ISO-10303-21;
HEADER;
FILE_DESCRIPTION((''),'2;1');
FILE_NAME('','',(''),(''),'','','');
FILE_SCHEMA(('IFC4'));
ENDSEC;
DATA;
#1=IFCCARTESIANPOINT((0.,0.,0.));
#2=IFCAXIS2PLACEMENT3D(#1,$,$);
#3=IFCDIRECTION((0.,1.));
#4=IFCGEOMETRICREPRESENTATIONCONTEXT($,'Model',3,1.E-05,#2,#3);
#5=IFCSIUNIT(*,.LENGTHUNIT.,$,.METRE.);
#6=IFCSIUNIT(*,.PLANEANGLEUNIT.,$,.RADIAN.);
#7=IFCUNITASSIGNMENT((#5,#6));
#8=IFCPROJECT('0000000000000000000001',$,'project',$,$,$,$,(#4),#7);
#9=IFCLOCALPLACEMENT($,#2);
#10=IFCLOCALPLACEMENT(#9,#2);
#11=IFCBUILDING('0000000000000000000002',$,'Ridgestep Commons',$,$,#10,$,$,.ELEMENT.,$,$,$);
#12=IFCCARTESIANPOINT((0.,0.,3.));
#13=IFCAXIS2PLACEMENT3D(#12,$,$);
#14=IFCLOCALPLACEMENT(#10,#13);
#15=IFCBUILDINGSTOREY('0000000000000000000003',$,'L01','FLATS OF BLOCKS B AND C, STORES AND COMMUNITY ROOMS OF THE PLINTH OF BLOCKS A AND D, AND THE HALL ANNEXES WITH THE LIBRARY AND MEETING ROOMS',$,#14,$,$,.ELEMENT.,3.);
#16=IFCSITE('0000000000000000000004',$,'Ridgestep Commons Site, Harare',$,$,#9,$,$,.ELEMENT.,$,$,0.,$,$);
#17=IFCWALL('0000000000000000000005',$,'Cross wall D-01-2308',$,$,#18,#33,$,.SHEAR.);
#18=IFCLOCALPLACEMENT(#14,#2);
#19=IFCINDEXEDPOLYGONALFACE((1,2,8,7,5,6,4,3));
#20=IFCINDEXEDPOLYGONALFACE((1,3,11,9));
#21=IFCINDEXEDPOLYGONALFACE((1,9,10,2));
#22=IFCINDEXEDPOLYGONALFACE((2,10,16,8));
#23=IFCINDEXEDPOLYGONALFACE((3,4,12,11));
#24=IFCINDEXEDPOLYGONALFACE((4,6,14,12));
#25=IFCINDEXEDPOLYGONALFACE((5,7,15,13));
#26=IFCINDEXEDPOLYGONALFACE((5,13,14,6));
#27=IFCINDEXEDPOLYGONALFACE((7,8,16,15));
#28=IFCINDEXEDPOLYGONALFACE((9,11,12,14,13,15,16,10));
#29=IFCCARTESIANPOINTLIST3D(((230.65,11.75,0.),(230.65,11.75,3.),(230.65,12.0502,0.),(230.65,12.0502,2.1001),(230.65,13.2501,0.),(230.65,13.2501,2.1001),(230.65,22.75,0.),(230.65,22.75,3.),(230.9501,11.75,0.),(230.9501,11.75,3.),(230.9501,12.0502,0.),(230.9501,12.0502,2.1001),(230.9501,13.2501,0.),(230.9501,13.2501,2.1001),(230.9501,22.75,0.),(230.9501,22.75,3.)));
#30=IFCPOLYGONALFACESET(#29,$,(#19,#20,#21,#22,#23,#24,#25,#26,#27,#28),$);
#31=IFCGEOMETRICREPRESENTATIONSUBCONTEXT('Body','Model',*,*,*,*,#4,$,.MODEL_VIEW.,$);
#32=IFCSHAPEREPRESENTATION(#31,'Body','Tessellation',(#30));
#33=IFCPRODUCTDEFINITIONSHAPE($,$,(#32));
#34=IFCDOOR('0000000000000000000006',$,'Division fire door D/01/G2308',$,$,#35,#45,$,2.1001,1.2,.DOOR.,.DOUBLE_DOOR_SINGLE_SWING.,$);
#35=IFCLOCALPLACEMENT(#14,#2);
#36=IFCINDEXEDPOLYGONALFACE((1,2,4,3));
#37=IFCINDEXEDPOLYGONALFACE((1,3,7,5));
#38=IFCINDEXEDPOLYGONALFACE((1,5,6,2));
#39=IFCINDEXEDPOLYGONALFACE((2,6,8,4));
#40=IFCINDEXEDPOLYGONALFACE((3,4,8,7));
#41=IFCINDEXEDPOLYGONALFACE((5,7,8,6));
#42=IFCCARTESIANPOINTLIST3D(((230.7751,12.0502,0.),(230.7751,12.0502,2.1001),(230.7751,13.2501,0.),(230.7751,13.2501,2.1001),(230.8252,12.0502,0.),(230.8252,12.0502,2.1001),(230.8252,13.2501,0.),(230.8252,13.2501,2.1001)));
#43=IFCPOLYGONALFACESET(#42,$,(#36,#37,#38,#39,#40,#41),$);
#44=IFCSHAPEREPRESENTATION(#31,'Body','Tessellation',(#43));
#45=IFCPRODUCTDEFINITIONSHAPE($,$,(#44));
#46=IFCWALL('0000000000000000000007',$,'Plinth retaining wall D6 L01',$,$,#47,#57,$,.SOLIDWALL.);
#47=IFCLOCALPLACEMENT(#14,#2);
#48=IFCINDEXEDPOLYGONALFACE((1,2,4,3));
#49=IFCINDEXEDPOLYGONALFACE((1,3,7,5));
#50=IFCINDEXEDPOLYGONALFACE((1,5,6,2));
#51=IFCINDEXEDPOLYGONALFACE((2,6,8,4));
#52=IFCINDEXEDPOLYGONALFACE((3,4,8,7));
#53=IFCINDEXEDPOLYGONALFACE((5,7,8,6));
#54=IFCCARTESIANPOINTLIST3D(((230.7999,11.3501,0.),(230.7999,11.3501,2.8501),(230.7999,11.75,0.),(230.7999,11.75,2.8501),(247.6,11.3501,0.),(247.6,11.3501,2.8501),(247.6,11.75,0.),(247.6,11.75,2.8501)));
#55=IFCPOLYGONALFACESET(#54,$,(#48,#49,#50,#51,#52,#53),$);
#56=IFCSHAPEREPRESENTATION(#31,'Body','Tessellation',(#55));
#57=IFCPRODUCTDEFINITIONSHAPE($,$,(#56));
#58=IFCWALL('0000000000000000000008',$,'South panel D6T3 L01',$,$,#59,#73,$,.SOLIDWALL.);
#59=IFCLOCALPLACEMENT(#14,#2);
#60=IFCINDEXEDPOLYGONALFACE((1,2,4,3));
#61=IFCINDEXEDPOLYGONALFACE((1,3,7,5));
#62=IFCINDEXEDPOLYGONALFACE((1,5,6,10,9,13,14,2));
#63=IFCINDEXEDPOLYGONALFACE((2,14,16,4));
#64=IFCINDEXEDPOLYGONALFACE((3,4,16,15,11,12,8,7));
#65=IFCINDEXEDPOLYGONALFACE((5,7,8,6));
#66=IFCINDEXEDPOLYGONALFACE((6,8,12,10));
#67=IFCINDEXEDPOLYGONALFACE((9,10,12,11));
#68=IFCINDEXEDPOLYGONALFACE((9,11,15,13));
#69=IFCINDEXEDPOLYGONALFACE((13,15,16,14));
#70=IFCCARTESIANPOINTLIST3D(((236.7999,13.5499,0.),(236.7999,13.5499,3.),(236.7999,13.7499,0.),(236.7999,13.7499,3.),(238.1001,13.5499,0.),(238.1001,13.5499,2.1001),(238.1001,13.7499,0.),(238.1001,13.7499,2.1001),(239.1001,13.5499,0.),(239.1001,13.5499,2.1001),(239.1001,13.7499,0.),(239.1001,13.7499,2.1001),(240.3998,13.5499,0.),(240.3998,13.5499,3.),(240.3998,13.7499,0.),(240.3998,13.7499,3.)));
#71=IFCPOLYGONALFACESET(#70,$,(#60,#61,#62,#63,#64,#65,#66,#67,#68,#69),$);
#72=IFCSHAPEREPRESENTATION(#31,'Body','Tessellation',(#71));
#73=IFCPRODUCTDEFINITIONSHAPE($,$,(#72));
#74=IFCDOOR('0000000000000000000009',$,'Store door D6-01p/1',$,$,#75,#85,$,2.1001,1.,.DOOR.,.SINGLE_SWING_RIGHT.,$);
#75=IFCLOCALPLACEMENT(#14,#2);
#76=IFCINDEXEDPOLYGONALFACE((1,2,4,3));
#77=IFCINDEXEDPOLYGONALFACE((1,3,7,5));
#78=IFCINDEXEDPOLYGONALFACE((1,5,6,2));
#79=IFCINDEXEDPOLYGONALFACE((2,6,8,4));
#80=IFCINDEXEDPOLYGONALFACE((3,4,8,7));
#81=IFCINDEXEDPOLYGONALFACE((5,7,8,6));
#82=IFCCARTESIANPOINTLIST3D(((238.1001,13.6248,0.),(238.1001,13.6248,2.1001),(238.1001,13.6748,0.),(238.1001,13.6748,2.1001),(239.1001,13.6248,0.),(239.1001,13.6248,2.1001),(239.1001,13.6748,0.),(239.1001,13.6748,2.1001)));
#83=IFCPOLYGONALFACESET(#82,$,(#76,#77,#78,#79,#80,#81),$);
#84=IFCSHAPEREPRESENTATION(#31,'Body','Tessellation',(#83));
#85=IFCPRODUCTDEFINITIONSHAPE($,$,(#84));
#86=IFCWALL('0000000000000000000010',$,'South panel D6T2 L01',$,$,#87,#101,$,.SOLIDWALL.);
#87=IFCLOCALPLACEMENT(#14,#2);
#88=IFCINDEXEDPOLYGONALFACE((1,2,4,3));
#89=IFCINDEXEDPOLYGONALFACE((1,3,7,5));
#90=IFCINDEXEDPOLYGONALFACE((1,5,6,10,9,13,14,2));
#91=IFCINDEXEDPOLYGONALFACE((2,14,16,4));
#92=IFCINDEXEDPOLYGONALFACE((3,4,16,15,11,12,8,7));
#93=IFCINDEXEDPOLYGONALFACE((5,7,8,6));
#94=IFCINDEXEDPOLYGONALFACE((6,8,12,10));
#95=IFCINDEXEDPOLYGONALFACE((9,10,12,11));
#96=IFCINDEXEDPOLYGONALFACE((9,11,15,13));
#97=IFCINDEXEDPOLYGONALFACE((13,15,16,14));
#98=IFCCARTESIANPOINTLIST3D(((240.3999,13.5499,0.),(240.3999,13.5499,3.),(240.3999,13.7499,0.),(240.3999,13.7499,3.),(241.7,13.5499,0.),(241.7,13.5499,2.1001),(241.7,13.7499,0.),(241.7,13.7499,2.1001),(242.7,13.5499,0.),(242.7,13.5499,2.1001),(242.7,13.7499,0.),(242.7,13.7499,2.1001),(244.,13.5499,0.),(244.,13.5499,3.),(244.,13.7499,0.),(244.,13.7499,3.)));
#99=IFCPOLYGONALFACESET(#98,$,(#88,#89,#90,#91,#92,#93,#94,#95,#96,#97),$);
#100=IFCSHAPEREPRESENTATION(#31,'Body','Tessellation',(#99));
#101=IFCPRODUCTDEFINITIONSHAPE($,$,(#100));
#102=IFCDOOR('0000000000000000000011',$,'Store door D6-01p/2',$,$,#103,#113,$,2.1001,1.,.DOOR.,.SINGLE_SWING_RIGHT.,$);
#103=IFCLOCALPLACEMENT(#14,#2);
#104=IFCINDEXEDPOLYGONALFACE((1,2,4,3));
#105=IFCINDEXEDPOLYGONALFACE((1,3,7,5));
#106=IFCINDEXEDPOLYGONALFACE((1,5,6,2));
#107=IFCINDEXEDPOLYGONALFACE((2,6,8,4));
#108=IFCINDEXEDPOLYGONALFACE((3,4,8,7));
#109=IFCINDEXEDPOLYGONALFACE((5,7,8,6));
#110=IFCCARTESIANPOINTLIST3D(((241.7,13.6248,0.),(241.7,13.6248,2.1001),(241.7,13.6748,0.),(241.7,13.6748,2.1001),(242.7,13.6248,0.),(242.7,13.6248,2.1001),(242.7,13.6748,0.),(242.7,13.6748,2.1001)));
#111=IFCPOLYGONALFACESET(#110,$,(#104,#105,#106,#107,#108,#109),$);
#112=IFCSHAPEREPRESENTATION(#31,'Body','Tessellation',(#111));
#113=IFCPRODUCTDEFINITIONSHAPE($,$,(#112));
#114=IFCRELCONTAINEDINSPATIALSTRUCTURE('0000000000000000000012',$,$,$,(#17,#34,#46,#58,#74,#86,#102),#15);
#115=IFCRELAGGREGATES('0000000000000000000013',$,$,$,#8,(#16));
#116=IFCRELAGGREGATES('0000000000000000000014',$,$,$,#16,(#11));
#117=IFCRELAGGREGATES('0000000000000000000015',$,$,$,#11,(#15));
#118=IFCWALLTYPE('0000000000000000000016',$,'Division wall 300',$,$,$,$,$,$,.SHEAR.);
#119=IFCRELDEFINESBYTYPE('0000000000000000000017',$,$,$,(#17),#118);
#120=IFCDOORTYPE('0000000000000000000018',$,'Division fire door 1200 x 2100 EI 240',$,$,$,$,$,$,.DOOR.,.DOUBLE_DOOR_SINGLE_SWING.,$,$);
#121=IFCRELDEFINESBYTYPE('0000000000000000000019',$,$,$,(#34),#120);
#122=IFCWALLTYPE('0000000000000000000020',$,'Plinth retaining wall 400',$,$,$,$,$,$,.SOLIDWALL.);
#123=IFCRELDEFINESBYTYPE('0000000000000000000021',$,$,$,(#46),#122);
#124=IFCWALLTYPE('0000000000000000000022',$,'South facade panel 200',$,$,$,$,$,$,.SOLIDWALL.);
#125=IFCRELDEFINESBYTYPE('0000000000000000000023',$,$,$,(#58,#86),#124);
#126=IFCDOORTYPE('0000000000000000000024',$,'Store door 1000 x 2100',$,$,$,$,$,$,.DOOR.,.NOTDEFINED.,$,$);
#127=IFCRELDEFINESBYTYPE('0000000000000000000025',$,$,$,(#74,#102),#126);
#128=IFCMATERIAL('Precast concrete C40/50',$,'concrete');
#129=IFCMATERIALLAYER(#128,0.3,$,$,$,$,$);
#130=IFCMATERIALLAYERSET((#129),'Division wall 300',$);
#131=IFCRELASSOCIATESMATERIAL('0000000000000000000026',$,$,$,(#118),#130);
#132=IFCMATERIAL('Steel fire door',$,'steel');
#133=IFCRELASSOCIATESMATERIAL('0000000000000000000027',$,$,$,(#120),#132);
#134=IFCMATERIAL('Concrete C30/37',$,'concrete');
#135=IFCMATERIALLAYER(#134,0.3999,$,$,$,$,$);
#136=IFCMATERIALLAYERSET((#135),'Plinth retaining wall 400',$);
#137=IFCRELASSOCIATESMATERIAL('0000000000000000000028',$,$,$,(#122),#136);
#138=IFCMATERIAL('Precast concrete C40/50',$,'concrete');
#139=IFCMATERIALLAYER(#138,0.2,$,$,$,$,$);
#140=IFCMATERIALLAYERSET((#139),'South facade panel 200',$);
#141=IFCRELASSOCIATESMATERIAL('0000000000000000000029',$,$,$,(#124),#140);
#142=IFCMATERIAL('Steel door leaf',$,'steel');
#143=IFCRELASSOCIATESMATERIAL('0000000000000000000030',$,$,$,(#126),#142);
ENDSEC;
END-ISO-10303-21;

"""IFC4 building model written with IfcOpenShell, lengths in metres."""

from ifc_helpers import new_model, si_unit, direction, frame, frame_2d, origin, place, context, subcontext, project, spatial, rectangle, extrude, material, layer, layer_set, type_object, element, fill, save


model = new_model("IFC4")

# Units and contexts
model_context = context("Model", 3, precision=1e-05, world=origin(), true_north=direction((0.0, 1.0)))
body_context = subcontext(model_context, "Body", "Model", "MODEL_VIEW")
ifc_project = project(units=[si_unit("LENGTHUNIT", "METRE"), si_unit("PLANEANGLEUNIT", "RADIAN")], contexts=[model_context])

# Site, building, storey
site_placement = place(None, origin())
site = spatial("IfcSite", under=ifc_project, at=site_placement, Name="Ridgestep Commons Site, Harare", CompositionType="ELEMENT", RefElevation=0.0)
building_placement = place(site_placement, origin())
building = spatial("IfcBuilding", under=site, at=building_placement, Name="Ridgestep Commons", CompositionType="ELEMENT")
storey_placement = place(building_placement, frame((0.0, 0.0, 3.0)))
storey = spatial("IfcBuildingStorey", under=building, at=storey_placement, Name="L01", Description="FLATS OF BLOCKS B AND C, STORES AND COMMUNITY ROOMS OF THE PLINTH OF BLOCKS A AND D, AND THE HALL ANNEXES WITH THE LIBRARY AND MEETING ROOMS", CompositionType="ELEMENT", Elevation=3.0)

# Wall, opening, door
ifc_material_1 = material(Name="Precast concrete C40/50", Category="concrete")
ifc_layer_1 = layer(ifc_material_1, 0.3)
ifc_layer_set_1 = layer_set([ifc_layer_1], Name="Division wall 300")
wall_type_1 = type_object("IfcWallType", Name="Division wall 300", PredefinedType="SHEAR", material=ifc_layer_set_1)
wall_1_placement = place(storey_placement, frame((230.8, 11.75, 0.0), z_axis=(0.0, 0.0, 1.0), x_axis=(0.0, 1.0, 0.0)))
wall_1 = element("IfcWall", 1, at=wall_1_placement, inside=storey, type_object=wall_type_1, Name="Cross wall D-01-2308", PredefinedType="SHEAR", context=body_context, shape_type="SweptSolid", body=[
    extrude(rectangle(XDim=11.0, YDim=0.3, at=frame_2d((5.5, 0.0))), origin(), (0.0, 0.0, 1.0), 3.0),
])
opening_1_placement = place(wall_1_placement, frame((0.3, 0.0, 0.0)))
opening_1 = element("IfcOpeningElement", 2, at=opening_1_placement, cuts=wall_1, PredefinedType="OPENING", context=body_context, shape_type="SweptSolid", body=[
    extrude(rectangle(XDim=1.2, YDim=2.1001, at=frame_2d((0.6001, 1.05))), frame((0.0, 0.1599, 0.0), z_axis=(0.0, -1.0, 0.0), x_axis=(1.0, 0.0, 0.0)), (0.0, 0.0, 1.0), 0.3201),
])
ifc_material_2 = material(Name="Steel fire door", Category="steel")
door_type_1 = type_object("IfcDoorType", Name="Division fire door 1200 x 2100 EI 240", OperationType="DOUBLE_DOOR_SINGLE_SWING", PredefinedType="DOOR", material=ifc_material_2)
door_1_placement = place(opening_1_placement, origin())
door_1 = element("IfcDoor", 3, at=door_1_placement, inside=storey, type_object=door_type_1, Name="Division fire door D/01/G2308", OperationType="DOUBLE_DOOR_SINGLE_SWING", OverallHeight=2.1001, OverallWidth=1.2, PredefinedType="DOOR", context=body_context, shape_type="SweptSolid", body=[
    extrude(rectangle(XDim=1.2, YDim=2.1001, at=frame_2d((0.6001, 1.05))), frame((0.0, 0.0249, 0.0), z_axis=(0.0, -1.0, 0.0), x_axis=(1.0, 0.0, 0.0)), (0.0, 0.0, 1.0), 0.05),
])
fill(opening_1, door_1)

# Wall
ifc_material_3 = material(Name="Concrete C30/37", Category="concrete")
ifc_layer_2 = layer(ifc_material_3, 0.3999)
ifc_layer_set_2 = layer_set([ifc_layer_2], Name="Plinth retaining wall 400")
wall_type_2 = type_object("IfcWallType", Name="Plinth retaining wall 400", PredefinedType="SOLIDWALL", material=ifc_layer_set_2)
wall_2_placement = place(storey_placement, frame((230.8, 11.55, 0.0), z_axis=(0.0, 0.0, 1.0), x_axis=(1.0, 0.0, 0.0)))
element("IfcWall", 4, at=wall_2_placement, inside=storey, type_object=wall_type_2, Name="Plinth retaining wall D6 L01", PredefinedType="SOLIDWALL", context=body_context, shape_type="SweptSolid", body=[
    extrude(rectangle(XDim=16.8, YDim=0.3999, at=frame_2d((8.3999, 0.0))), origin(), (0.0, 0.0, 1.0), 2.8501),
])

# Walls, openings, doors
ifc_material_4 = material(Name="Precast concrete C40/50", Category="concrete")
ifc_layer_3 = layer(ifc_material_4, 0.2)
ifc_layer_set_3 = layer_set([ifc_layer_3], Name="South facade panel 200")
wall_type_3 = type_object("IfcWallType", Name="South facade panel 200", PredefinedType="SOLIDWALL", material=ifc_layer_set_3)
wall_3_placement = place(storey_placement, frame((236.8, 13.6499, 0.0), z_axis=(0.0, 0.0, 1.0), x_axis=(1.0, 0.0, 0.0)))
wall_3 = element("IfcWall", 5, at=wall_3_placement, inside=storey, type_object=wall_type_3, Name="South panel D6T3 L01", PredefinedType="SOLIDWALL", context=body_context, shape_type="SweptSolid", body=[
    extrude(rectangle(XDim=3.5999, YDim=0.2, at=frame_2d((1.7998, 0.0))), origin(), (0.0, 0.0, 1.0), 3.0),
])
opening_2_placement = place(wall_3_placement, frame((1.3, 0.0, 0.0)))
opening_2 = element("IfcOpeningElement", 6, at=opening_2_placement, cuts=wall_3, PredefinedType="OPENING", context=body_context, shape_type="SweptSolid", body=[
    extrude(rectangle(XDim=1.0, YDim=2.1001, at=frame_2d((0.5, 1.05))), frame((0.0, 0.1099, 0.0), z_axis=(0.0, -1.0, 0.0), x_axis=(1.0, 0.0, 0.0)), (0.0, 0.0, 1.0), 0.22),
])
ifc_material_5 = material(Name="Steel door leaf", Category="steel")
door_type_2 = type_object("IfcDoorType", Name="Store door 1000 x 2100", OperationType="NOTDEFINED", PredefinedType="DOOR", material=ifc_material_5)
door_2_placement = place(opening_2_placement, origin())
door_2 = element("IfcDoor", 7, at=door_2_placement, inside=storey, type_object=door_type_2, Name="Store door D6-01p/1", OperationType="SINGLE_SWING_RIGHT", OverallHeight=2.1001, OverallWidth=1.0, PredefinedType="DOOR", context=body_context, shape_type="SweptSolid", body=[
    extrude(rectangle(XDim=1.0, YDim=2.1001, at=frame_2d((0.5, 1.05))), frame((0.0, 0.0249, 0.0), z_axis=(0.0, -1.0, 0.0), x_axis=(1.0, 0.0, 0.0)), (0.0, 0.0, 1.0), 0.05),
])
fill(opening_2, door_2)
wall_4_placement = place(storey_placement, frame((240.3999, 13.6499, 0.0), z_axis=(0.0, 0.0, 1.0), x_axis=(1.0, 0.0, 0.0)))
wall_4 = element("IfcWall", 8, at=wall_4_placement, inside=storey, type_object=wall_type_3, Name="South panel D6T2 L01", PredefinedType="SOLIDWALL", context=body_context, shape_type="SweptSolid", body=[
    extrude(rectangle(XDim=3.6001, YDim=0.2, at=frame_2d((1.8, 0.0))), origin(), (0.0, 0.0, 1.0), 3.0),
])
opening_3_placement = place(wall_4_placement, frame((1.3, 0.0, 0.0)))
opening_3 = element("IfcOpeningElement", 9, at=opening_3_placement, cuts=wall_4, PredefinedType="OPENING", context=body_context, shape_type="SweptSolid", body=[
    extrude(rectangle(XDim=1.0, YDim=2.1001, at=frame_2d((0.5, 1.05))), frame((0.0, 0.1099, 0.0), z_axis=(0.0, -1.0, 0.0), x_axis=(1.0, 0.0, 0.0)), (0.0, 0.0, 1.0), 0.22),
])
door_3_placement = place(opening_3_placement, origin())
door_3 = element("IfcDoor", 10, at=door_3_placement, inside=storey, type_object=door_type_2, Name="Store door D6-01p/2", OperationType="SINGLE_SWING_RIGHT", OverallHeight=2.1001, OverallWidth=1.0, PredefinedType="DOOR", context=body_context, shape_type="SweptSolid", body=[
    extrude(rectangle(XDim=1.0, YDim=2.1001, at=frame_2d((0.5, 1.05))), frame((0.0, 0.0249, 0.0), z_axis=(0.0, -1.0, 0.0), x_axis=(1.0, 0.0, 0.0)), (0.0, 0.0, 1.0), 0.05),
])
fill(opening_3, door_3)

save(model, "model.ifc")
